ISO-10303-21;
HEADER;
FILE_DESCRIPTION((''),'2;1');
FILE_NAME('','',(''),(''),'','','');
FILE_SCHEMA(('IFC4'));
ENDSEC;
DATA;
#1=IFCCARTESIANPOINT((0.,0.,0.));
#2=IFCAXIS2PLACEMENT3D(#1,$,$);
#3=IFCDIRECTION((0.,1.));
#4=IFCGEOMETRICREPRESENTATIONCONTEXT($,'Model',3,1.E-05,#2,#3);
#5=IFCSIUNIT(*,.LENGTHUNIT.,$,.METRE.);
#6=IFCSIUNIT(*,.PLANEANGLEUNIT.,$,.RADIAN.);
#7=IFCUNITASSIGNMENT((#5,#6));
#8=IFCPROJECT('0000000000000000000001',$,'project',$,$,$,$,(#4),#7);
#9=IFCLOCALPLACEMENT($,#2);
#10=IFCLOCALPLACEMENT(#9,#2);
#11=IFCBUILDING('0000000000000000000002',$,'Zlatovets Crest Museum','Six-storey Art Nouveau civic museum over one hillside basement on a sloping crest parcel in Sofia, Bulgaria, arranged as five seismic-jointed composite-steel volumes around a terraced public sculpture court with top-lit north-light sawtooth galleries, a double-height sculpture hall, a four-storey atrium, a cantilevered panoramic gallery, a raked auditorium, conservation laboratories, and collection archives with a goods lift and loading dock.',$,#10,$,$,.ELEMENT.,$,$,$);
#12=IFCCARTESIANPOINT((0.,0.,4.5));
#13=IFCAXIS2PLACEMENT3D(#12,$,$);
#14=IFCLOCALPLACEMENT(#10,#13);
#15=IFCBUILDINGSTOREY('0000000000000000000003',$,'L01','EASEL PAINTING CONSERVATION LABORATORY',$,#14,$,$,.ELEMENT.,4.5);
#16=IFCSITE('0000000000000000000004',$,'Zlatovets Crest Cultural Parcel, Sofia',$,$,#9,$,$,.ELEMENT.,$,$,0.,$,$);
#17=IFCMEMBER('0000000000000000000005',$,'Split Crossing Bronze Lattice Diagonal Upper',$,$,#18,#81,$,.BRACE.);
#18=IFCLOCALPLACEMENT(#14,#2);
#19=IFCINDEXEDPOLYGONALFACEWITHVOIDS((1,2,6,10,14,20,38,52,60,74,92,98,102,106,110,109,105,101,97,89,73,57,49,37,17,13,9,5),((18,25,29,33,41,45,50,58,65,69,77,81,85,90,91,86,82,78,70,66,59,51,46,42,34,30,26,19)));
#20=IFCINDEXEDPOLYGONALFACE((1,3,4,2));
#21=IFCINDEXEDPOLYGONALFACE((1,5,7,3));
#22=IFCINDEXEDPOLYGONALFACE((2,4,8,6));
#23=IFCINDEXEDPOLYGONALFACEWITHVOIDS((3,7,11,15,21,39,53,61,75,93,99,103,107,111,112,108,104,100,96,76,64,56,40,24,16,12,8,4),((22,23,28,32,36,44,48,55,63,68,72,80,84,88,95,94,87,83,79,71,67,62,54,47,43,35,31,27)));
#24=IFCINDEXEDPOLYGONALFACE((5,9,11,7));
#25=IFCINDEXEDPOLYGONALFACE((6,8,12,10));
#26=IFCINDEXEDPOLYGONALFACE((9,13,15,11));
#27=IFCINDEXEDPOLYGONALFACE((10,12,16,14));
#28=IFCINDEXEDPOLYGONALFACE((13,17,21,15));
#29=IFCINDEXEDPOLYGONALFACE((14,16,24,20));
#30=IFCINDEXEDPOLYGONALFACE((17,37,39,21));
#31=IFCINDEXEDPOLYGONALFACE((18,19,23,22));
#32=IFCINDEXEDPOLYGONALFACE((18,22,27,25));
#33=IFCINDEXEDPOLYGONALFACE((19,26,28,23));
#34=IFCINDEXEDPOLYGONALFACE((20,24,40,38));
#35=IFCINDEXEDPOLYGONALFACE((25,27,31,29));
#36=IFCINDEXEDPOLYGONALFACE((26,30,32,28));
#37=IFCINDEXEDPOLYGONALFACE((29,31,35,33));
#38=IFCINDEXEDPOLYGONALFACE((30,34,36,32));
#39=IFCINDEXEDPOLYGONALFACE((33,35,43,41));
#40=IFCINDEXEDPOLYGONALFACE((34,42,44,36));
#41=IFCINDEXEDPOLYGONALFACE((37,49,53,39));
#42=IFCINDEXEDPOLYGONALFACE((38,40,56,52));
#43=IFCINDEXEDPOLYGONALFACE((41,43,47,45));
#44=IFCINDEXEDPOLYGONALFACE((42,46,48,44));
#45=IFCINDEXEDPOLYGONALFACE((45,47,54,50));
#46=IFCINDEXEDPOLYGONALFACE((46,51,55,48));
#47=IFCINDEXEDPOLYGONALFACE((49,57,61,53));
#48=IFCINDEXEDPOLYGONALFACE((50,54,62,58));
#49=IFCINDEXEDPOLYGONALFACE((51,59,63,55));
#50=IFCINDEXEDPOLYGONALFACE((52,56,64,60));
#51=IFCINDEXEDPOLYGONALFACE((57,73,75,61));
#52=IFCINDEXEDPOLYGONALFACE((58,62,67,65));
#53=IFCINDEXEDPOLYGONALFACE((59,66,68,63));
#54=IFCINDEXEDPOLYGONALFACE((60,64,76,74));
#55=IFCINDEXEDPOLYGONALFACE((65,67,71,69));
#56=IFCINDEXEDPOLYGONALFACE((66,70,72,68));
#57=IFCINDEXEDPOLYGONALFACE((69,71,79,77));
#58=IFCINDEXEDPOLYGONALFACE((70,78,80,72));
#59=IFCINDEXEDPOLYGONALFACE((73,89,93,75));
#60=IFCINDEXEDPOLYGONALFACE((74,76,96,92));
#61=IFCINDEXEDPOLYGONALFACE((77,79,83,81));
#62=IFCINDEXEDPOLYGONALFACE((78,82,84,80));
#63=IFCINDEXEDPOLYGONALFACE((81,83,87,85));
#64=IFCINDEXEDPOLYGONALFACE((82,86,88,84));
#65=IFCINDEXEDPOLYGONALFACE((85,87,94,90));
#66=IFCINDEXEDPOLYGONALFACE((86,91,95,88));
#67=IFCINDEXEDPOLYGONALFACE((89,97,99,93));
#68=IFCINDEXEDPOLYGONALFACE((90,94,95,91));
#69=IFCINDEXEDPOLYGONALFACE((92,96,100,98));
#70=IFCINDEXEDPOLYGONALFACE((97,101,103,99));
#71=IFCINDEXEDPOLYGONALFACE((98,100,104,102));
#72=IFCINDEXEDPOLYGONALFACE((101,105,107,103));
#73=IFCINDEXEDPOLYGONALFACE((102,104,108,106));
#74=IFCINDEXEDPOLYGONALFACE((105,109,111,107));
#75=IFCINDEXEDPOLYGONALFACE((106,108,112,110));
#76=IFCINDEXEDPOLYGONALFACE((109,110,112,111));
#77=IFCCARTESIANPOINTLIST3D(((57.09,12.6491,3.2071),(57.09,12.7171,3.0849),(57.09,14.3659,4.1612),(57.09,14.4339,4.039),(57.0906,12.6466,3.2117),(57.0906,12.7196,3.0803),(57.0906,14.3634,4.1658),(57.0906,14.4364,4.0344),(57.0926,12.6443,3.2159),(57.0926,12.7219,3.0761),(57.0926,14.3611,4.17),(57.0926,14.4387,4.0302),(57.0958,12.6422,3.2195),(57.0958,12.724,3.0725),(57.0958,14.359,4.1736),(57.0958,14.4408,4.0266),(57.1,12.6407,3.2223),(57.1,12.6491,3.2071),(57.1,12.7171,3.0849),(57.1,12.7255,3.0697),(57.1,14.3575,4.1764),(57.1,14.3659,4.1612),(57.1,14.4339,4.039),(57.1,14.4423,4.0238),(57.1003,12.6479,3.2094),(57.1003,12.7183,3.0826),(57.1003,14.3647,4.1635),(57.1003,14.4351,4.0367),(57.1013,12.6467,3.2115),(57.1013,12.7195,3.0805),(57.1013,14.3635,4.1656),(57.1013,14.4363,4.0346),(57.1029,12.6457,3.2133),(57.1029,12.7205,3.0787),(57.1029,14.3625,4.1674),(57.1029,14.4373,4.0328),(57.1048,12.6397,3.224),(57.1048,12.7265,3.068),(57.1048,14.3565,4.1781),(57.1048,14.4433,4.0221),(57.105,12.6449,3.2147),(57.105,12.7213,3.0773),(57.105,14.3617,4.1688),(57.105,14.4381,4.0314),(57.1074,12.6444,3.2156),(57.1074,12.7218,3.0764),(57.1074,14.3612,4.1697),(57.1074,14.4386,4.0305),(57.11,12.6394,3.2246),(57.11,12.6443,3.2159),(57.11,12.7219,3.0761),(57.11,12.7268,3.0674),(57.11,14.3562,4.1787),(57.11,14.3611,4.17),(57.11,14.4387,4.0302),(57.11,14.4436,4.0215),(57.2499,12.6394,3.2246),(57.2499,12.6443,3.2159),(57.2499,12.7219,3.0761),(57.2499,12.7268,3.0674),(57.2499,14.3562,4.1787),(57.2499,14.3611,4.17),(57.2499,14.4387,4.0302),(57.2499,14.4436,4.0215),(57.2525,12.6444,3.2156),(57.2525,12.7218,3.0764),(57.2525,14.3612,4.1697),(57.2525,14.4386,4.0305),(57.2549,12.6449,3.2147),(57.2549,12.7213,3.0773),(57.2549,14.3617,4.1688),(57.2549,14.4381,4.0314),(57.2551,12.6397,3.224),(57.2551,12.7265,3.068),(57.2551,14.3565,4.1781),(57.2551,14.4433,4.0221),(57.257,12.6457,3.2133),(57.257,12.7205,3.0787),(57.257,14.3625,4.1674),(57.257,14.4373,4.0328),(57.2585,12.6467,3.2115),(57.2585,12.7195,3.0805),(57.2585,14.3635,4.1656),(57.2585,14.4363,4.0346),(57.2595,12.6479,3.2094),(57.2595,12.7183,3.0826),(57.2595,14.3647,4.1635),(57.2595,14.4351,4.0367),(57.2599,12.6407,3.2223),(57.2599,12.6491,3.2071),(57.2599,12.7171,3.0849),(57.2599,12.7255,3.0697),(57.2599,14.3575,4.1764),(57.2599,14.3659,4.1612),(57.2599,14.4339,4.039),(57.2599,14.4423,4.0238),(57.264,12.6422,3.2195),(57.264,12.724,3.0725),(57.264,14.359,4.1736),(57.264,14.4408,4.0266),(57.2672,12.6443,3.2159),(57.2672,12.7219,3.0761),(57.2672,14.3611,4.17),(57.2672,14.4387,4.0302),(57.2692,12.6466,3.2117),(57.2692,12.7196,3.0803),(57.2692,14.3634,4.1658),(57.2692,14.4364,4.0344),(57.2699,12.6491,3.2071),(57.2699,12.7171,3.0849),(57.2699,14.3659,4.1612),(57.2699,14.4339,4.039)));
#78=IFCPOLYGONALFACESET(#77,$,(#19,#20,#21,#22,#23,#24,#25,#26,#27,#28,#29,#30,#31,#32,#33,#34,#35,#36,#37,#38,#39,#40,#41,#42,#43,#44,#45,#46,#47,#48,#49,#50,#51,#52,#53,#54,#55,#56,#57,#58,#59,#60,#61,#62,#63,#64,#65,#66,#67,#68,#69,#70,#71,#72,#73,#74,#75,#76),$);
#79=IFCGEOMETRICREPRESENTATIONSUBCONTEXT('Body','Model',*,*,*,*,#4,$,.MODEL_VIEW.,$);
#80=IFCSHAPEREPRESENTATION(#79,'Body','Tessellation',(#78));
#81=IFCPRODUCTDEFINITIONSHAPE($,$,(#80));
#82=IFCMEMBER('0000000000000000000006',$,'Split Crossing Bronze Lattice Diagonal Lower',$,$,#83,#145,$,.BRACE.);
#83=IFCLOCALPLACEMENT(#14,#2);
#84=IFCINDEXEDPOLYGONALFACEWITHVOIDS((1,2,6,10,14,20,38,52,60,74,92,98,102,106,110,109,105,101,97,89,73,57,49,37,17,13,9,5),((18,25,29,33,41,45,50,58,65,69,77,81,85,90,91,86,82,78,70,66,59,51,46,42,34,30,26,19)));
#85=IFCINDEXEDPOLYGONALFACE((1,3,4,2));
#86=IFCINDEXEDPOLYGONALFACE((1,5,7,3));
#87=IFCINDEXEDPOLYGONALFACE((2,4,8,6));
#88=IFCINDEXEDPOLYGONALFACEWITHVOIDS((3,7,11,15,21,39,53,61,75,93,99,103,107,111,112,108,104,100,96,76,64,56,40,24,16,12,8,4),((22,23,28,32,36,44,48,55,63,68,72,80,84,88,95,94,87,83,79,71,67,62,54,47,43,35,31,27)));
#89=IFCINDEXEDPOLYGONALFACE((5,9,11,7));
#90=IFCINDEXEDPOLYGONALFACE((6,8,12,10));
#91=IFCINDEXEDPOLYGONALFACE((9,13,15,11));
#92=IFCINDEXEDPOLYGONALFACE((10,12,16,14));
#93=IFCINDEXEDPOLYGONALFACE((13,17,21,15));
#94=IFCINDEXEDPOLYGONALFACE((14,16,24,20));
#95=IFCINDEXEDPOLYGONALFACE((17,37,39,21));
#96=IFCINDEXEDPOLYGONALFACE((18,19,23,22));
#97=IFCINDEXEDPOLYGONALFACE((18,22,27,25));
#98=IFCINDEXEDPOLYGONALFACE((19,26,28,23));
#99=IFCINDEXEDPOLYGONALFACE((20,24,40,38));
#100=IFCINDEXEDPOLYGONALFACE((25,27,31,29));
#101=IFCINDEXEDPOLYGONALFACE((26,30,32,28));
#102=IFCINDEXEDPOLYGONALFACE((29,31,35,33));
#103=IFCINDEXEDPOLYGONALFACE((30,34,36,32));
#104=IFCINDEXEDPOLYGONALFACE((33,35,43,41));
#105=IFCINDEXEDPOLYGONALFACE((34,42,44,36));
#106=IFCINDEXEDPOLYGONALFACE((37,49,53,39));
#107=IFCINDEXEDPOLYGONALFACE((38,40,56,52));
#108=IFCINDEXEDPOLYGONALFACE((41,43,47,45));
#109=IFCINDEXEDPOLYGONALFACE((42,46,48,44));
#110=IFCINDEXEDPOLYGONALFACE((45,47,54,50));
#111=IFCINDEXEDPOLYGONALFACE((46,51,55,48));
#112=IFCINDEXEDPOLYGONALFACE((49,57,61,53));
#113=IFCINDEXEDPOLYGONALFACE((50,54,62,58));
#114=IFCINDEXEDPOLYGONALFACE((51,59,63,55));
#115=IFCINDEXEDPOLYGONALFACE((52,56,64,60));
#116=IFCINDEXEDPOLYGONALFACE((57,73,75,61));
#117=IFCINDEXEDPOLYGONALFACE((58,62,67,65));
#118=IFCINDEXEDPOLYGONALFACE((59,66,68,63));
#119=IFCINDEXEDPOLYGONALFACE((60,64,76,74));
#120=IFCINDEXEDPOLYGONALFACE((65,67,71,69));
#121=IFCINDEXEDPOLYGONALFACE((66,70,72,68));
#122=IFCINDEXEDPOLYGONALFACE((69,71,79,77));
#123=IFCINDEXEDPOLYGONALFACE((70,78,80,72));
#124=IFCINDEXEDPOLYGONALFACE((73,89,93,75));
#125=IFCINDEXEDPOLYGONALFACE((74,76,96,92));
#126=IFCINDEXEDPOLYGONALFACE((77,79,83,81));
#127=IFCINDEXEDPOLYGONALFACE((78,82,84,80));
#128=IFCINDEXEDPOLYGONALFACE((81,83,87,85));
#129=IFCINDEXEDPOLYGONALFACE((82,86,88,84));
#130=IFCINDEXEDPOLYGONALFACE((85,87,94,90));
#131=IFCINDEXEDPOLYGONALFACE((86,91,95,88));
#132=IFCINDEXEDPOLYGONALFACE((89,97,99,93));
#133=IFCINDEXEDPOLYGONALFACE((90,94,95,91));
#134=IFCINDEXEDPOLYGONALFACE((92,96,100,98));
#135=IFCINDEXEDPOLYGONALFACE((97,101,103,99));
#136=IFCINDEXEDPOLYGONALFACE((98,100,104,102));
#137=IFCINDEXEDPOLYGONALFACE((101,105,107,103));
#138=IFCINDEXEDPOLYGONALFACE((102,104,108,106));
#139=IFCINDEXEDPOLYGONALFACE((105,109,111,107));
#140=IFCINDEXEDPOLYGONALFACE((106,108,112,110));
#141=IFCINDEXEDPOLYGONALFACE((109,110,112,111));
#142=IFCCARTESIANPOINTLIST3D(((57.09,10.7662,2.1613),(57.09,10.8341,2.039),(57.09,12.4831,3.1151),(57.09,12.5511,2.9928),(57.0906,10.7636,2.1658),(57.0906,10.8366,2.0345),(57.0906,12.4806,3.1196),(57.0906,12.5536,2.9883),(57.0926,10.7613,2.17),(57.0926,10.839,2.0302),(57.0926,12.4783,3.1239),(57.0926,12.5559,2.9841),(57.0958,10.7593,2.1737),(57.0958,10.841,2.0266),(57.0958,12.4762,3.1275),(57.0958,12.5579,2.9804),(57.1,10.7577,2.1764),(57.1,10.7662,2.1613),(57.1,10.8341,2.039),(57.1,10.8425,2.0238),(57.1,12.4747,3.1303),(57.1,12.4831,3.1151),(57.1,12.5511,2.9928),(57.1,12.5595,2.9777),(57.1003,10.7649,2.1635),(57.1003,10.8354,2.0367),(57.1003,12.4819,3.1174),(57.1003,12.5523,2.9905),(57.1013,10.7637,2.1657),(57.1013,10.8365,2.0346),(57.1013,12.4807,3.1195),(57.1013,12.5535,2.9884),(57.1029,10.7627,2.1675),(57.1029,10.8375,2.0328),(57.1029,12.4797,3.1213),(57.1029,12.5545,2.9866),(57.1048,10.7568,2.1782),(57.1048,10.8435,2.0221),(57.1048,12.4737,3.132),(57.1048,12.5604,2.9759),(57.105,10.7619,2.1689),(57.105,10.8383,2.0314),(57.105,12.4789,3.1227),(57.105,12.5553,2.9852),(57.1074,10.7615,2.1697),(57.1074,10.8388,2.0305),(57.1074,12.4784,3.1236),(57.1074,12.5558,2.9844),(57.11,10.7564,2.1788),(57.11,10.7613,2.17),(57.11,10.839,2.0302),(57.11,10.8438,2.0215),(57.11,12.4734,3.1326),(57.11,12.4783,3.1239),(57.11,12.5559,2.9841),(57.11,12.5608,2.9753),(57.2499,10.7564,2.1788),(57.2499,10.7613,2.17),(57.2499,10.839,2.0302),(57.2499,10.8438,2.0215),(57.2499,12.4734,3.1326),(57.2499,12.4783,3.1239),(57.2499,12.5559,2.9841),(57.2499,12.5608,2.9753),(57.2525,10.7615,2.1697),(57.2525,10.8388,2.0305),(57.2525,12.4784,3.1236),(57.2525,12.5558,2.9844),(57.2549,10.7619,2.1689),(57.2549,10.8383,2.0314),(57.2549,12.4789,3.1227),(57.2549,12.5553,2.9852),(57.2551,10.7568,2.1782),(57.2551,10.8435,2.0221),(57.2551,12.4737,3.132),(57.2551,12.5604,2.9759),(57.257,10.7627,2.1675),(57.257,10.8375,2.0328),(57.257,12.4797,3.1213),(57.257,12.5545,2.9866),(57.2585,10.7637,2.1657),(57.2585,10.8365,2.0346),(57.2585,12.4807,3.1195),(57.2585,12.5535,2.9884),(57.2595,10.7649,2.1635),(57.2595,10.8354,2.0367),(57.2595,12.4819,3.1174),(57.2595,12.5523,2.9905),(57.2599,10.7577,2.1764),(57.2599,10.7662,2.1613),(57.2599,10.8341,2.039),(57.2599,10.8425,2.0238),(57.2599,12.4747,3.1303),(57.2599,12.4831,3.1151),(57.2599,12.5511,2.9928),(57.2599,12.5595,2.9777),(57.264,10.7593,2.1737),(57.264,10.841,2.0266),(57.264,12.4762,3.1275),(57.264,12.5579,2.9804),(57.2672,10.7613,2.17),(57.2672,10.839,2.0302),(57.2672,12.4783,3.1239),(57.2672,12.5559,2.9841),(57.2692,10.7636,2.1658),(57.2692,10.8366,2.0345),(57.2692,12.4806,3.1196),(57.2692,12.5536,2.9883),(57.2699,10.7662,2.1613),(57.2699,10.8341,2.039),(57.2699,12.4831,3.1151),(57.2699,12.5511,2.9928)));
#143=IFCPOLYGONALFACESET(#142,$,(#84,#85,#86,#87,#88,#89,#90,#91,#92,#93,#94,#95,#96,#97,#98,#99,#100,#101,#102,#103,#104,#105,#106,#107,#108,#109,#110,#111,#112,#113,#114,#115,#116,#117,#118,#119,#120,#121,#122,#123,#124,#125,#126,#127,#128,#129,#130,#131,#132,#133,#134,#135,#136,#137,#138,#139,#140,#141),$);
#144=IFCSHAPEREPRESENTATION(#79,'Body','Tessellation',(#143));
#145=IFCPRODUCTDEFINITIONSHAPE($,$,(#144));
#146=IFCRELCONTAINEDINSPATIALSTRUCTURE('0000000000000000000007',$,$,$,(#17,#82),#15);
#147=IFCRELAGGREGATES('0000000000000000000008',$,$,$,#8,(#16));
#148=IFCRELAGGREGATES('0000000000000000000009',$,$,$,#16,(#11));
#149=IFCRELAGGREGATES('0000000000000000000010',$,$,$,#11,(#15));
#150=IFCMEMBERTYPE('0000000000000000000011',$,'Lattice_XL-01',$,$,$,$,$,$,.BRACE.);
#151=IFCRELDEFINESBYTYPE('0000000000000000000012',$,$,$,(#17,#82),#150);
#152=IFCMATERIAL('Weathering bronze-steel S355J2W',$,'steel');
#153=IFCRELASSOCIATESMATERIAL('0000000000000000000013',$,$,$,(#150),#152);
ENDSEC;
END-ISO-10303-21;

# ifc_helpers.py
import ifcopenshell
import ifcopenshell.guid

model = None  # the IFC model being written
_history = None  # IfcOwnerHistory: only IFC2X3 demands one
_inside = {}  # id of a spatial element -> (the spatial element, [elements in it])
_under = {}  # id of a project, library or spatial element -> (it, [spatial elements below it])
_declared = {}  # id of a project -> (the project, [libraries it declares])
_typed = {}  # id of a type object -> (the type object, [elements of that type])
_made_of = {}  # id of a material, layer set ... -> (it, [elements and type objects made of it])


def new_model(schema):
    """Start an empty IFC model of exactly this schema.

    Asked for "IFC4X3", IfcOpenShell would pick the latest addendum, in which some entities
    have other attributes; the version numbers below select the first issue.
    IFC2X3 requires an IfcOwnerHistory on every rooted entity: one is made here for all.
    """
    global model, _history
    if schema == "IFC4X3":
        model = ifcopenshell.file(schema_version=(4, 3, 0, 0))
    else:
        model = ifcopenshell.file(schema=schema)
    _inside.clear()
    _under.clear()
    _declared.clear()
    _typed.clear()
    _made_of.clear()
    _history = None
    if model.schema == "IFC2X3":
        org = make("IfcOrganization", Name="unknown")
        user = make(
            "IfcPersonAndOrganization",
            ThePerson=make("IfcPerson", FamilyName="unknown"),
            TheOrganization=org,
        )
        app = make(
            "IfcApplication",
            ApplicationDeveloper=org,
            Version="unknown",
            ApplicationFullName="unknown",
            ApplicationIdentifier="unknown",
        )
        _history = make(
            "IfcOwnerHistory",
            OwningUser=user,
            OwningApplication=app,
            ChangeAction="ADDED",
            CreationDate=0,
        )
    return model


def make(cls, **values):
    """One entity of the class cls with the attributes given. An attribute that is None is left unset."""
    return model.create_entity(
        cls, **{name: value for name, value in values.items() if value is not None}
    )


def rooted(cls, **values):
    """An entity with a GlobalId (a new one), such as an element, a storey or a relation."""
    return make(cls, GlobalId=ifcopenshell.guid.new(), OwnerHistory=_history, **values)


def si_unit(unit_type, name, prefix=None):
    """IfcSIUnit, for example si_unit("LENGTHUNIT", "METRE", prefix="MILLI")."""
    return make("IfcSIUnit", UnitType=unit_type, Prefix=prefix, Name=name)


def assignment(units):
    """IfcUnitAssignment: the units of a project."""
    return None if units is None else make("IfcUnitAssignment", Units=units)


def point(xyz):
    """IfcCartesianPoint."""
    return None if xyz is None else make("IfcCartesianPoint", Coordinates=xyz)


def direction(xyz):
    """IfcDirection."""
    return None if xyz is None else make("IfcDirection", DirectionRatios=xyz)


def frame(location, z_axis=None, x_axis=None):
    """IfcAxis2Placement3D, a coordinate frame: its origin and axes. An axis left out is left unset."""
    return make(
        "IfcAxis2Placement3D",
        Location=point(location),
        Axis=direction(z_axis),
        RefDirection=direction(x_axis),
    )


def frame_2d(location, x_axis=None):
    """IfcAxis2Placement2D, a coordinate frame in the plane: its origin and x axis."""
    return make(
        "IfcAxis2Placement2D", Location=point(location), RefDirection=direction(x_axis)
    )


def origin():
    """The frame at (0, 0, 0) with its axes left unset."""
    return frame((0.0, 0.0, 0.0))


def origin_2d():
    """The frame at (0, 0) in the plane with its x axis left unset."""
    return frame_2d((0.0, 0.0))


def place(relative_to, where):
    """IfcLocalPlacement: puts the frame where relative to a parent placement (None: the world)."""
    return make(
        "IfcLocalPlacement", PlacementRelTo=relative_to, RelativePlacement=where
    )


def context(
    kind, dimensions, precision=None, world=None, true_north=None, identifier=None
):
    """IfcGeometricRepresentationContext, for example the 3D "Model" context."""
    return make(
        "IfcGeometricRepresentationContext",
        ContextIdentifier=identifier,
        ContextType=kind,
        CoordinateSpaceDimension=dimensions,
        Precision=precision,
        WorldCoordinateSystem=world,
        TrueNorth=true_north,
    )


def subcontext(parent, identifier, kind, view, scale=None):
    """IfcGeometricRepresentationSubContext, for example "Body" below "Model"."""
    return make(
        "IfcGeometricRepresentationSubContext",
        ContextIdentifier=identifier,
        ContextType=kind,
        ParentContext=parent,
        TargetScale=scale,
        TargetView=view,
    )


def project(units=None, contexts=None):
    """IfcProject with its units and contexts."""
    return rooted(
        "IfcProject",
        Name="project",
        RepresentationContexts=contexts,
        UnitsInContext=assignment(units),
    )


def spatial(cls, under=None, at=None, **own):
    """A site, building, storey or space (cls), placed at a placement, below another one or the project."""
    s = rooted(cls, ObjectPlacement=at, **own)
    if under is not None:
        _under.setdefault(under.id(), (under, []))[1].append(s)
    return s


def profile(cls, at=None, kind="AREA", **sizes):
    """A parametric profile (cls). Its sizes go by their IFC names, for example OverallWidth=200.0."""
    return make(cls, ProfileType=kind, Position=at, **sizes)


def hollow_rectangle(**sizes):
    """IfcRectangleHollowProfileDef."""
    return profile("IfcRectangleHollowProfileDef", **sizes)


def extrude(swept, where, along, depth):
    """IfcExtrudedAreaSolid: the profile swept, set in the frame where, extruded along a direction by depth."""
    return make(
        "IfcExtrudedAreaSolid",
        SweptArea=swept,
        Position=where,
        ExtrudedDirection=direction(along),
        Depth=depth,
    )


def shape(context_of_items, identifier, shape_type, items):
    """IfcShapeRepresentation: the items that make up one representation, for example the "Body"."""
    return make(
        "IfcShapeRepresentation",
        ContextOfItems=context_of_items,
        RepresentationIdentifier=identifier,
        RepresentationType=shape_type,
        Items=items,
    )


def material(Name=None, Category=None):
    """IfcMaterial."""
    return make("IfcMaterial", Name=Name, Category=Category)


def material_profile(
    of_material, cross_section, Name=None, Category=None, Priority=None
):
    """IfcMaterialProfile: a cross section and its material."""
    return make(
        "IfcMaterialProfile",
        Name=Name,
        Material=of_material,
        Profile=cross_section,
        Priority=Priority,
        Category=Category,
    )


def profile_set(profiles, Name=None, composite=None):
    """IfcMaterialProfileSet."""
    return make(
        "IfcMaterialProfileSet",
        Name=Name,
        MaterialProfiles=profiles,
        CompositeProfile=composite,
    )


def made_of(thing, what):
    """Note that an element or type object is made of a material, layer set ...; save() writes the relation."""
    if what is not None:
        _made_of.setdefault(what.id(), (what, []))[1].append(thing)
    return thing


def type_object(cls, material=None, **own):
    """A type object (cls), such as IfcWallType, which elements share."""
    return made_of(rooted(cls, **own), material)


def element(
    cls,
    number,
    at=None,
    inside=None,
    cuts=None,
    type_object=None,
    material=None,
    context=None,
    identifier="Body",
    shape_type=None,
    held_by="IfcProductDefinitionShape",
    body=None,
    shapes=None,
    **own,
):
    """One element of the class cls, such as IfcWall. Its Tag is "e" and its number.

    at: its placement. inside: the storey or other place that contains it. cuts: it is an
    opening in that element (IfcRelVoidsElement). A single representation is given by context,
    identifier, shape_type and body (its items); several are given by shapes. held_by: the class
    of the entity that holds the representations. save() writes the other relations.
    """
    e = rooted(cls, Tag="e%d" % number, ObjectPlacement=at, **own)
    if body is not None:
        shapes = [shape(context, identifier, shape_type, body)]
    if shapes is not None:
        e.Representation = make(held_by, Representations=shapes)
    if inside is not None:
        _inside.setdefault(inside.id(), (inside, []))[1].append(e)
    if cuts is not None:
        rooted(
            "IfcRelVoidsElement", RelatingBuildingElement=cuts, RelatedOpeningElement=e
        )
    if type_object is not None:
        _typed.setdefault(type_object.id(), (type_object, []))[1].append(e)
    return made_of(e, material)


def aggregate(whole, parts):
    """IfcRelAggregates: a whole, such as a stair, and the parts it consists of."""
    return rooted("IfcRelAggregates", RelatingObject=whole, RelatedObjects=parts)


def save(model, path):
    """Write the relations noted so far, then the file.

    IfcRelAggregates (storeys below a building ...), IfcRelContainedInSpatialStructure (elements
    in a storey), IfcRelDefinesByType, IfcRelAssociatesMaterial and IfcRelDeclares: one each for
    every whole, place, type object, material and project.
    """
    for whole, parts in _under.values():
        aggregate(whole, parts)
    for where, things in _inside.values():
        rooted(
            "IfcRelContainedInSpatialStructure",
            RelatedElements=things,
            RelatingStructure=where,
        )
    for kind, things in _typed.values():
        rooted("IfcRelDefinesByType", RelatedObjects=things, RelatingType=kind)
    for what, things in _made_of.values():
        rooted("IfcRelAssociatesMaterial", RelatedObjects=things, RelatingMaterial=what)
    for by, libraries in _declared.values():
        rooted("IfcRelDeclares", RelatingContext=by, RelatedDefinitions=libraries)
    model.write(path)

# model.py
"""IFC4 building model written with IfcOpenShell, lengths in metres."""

from ifc_helpers import new_model, si_unit, direction, frame, origin, origin_2d, place, context, subcontext, project, spatial, hollow_rectangle, extrude, material, material_profile, profile_set, type_object, element, save


model = new_model("IFC4")

# Units and contexts
model_context = context("Model", 3, precision=1e-05, world=origin(), true_north=direction((0.0, 1.0)))
body_context = subcontext(model_context, "Body", "Model", "MODEL_VIEW")
ifc_project = project(units=[si_unit("LENGTHUNIT", "METRE"), si_unit("PLANEANGLEUNIT", "RADIAN")], contexts=[model_context])

# Site, building, storey
site_placement = place(None, origin())
site = spatial("IfcSite", under=ifc_project, at=site_placement, Name="Zlatovets Crest Cultural Parcel, Sofia", CompositionType="ELEMENT", RefElevation=0.0)
building_placement = place(site_placement, origin())
building = spatial("IfcBuilding", under=site, at=building_placement, Name="Zlatovets Crest Museum", Description="Six-storey Art Nouveau civic museum over one hillside basement on a sloping crest parcel in Sofia, Bulgaria, arranged as five seismic-jointed composite-steel volumes around a terraced public sculpture court with top-lit north-light sawtooth galleries, a double-height sculpture hall, a four-storey atrium, a cantilevered panoramic gallery, a raked auditorium, conservation laboratories, and collection archives with a goods lift and loading dock.", CompositionType="ELEMENT")
storey_placement = place(building_placement, frame((0.0, 0.0, 4.5)))
storey = spatial("IfcBuildingStorey", under=building, at=storey_placement, Name="L01", Description="EASEL PAINTING CONSERVATION LABORATORY", CompositionType="ELEMENT", Elevation=4.5)

# Members
ifc_material_1 = material(Name="Weathering bronze-steel S355J2W", Category="steel")
ifc_material_profile_1 = material_profile(ifc_material_1, hollow_rectangle(XDim=0.1799, YDim=0.1799, WallThickness=0.01, InnerFilletRadius=0.01, OuterFilletRadius=0.02, at=origin_2d()), Name="SHS 180x180x10.0")
ifc_profile_set_1 = profile_set([ifc_material_profile_1], Name="Weathering bronze-steel S355J2W")
member_type_1 = type_object("IfcMemberType", Name="Lattice_XL-01", PredefinedType="BRACE", material=ifc_profile_set_1)
for number, where, z_axis, x_axis, name in (
    (1, (57.1799, 14.3999, 4.1001), (0.0, -0.874087, -0.48577), (1.0, 0.0, 0.0), "Split Crossing Bronze Lattice Diagonal Upper"),
    (2, (57.1799, 12.5171, 3.054), (0.0, -0.874169, -0.485622), (1.0, 0.0, 0.0), "Split Crossing Bronze Lattice Diagonal Lower"),
):
    element("IfcMember", number, at=place(storey_placement, frame(where, z_axis=z_axis, x_axis=x_axis)), inside=storey, type_object=member_type_1, Name=name, PredefinedType="BRACE", context=body_context, shape_type="SweptSolid", body=[
        extrude(hollow_rectangle(XDim=0.1799, YDim=0.1799, WallThickness=0.01, InnerFilletRadius=0.01, OuterFilletRadius=0.02, at=origin_2d()), origin(), (0.0, 0.0, 1.0), 1.9641),
    ])

save(model, "model.ifc")
